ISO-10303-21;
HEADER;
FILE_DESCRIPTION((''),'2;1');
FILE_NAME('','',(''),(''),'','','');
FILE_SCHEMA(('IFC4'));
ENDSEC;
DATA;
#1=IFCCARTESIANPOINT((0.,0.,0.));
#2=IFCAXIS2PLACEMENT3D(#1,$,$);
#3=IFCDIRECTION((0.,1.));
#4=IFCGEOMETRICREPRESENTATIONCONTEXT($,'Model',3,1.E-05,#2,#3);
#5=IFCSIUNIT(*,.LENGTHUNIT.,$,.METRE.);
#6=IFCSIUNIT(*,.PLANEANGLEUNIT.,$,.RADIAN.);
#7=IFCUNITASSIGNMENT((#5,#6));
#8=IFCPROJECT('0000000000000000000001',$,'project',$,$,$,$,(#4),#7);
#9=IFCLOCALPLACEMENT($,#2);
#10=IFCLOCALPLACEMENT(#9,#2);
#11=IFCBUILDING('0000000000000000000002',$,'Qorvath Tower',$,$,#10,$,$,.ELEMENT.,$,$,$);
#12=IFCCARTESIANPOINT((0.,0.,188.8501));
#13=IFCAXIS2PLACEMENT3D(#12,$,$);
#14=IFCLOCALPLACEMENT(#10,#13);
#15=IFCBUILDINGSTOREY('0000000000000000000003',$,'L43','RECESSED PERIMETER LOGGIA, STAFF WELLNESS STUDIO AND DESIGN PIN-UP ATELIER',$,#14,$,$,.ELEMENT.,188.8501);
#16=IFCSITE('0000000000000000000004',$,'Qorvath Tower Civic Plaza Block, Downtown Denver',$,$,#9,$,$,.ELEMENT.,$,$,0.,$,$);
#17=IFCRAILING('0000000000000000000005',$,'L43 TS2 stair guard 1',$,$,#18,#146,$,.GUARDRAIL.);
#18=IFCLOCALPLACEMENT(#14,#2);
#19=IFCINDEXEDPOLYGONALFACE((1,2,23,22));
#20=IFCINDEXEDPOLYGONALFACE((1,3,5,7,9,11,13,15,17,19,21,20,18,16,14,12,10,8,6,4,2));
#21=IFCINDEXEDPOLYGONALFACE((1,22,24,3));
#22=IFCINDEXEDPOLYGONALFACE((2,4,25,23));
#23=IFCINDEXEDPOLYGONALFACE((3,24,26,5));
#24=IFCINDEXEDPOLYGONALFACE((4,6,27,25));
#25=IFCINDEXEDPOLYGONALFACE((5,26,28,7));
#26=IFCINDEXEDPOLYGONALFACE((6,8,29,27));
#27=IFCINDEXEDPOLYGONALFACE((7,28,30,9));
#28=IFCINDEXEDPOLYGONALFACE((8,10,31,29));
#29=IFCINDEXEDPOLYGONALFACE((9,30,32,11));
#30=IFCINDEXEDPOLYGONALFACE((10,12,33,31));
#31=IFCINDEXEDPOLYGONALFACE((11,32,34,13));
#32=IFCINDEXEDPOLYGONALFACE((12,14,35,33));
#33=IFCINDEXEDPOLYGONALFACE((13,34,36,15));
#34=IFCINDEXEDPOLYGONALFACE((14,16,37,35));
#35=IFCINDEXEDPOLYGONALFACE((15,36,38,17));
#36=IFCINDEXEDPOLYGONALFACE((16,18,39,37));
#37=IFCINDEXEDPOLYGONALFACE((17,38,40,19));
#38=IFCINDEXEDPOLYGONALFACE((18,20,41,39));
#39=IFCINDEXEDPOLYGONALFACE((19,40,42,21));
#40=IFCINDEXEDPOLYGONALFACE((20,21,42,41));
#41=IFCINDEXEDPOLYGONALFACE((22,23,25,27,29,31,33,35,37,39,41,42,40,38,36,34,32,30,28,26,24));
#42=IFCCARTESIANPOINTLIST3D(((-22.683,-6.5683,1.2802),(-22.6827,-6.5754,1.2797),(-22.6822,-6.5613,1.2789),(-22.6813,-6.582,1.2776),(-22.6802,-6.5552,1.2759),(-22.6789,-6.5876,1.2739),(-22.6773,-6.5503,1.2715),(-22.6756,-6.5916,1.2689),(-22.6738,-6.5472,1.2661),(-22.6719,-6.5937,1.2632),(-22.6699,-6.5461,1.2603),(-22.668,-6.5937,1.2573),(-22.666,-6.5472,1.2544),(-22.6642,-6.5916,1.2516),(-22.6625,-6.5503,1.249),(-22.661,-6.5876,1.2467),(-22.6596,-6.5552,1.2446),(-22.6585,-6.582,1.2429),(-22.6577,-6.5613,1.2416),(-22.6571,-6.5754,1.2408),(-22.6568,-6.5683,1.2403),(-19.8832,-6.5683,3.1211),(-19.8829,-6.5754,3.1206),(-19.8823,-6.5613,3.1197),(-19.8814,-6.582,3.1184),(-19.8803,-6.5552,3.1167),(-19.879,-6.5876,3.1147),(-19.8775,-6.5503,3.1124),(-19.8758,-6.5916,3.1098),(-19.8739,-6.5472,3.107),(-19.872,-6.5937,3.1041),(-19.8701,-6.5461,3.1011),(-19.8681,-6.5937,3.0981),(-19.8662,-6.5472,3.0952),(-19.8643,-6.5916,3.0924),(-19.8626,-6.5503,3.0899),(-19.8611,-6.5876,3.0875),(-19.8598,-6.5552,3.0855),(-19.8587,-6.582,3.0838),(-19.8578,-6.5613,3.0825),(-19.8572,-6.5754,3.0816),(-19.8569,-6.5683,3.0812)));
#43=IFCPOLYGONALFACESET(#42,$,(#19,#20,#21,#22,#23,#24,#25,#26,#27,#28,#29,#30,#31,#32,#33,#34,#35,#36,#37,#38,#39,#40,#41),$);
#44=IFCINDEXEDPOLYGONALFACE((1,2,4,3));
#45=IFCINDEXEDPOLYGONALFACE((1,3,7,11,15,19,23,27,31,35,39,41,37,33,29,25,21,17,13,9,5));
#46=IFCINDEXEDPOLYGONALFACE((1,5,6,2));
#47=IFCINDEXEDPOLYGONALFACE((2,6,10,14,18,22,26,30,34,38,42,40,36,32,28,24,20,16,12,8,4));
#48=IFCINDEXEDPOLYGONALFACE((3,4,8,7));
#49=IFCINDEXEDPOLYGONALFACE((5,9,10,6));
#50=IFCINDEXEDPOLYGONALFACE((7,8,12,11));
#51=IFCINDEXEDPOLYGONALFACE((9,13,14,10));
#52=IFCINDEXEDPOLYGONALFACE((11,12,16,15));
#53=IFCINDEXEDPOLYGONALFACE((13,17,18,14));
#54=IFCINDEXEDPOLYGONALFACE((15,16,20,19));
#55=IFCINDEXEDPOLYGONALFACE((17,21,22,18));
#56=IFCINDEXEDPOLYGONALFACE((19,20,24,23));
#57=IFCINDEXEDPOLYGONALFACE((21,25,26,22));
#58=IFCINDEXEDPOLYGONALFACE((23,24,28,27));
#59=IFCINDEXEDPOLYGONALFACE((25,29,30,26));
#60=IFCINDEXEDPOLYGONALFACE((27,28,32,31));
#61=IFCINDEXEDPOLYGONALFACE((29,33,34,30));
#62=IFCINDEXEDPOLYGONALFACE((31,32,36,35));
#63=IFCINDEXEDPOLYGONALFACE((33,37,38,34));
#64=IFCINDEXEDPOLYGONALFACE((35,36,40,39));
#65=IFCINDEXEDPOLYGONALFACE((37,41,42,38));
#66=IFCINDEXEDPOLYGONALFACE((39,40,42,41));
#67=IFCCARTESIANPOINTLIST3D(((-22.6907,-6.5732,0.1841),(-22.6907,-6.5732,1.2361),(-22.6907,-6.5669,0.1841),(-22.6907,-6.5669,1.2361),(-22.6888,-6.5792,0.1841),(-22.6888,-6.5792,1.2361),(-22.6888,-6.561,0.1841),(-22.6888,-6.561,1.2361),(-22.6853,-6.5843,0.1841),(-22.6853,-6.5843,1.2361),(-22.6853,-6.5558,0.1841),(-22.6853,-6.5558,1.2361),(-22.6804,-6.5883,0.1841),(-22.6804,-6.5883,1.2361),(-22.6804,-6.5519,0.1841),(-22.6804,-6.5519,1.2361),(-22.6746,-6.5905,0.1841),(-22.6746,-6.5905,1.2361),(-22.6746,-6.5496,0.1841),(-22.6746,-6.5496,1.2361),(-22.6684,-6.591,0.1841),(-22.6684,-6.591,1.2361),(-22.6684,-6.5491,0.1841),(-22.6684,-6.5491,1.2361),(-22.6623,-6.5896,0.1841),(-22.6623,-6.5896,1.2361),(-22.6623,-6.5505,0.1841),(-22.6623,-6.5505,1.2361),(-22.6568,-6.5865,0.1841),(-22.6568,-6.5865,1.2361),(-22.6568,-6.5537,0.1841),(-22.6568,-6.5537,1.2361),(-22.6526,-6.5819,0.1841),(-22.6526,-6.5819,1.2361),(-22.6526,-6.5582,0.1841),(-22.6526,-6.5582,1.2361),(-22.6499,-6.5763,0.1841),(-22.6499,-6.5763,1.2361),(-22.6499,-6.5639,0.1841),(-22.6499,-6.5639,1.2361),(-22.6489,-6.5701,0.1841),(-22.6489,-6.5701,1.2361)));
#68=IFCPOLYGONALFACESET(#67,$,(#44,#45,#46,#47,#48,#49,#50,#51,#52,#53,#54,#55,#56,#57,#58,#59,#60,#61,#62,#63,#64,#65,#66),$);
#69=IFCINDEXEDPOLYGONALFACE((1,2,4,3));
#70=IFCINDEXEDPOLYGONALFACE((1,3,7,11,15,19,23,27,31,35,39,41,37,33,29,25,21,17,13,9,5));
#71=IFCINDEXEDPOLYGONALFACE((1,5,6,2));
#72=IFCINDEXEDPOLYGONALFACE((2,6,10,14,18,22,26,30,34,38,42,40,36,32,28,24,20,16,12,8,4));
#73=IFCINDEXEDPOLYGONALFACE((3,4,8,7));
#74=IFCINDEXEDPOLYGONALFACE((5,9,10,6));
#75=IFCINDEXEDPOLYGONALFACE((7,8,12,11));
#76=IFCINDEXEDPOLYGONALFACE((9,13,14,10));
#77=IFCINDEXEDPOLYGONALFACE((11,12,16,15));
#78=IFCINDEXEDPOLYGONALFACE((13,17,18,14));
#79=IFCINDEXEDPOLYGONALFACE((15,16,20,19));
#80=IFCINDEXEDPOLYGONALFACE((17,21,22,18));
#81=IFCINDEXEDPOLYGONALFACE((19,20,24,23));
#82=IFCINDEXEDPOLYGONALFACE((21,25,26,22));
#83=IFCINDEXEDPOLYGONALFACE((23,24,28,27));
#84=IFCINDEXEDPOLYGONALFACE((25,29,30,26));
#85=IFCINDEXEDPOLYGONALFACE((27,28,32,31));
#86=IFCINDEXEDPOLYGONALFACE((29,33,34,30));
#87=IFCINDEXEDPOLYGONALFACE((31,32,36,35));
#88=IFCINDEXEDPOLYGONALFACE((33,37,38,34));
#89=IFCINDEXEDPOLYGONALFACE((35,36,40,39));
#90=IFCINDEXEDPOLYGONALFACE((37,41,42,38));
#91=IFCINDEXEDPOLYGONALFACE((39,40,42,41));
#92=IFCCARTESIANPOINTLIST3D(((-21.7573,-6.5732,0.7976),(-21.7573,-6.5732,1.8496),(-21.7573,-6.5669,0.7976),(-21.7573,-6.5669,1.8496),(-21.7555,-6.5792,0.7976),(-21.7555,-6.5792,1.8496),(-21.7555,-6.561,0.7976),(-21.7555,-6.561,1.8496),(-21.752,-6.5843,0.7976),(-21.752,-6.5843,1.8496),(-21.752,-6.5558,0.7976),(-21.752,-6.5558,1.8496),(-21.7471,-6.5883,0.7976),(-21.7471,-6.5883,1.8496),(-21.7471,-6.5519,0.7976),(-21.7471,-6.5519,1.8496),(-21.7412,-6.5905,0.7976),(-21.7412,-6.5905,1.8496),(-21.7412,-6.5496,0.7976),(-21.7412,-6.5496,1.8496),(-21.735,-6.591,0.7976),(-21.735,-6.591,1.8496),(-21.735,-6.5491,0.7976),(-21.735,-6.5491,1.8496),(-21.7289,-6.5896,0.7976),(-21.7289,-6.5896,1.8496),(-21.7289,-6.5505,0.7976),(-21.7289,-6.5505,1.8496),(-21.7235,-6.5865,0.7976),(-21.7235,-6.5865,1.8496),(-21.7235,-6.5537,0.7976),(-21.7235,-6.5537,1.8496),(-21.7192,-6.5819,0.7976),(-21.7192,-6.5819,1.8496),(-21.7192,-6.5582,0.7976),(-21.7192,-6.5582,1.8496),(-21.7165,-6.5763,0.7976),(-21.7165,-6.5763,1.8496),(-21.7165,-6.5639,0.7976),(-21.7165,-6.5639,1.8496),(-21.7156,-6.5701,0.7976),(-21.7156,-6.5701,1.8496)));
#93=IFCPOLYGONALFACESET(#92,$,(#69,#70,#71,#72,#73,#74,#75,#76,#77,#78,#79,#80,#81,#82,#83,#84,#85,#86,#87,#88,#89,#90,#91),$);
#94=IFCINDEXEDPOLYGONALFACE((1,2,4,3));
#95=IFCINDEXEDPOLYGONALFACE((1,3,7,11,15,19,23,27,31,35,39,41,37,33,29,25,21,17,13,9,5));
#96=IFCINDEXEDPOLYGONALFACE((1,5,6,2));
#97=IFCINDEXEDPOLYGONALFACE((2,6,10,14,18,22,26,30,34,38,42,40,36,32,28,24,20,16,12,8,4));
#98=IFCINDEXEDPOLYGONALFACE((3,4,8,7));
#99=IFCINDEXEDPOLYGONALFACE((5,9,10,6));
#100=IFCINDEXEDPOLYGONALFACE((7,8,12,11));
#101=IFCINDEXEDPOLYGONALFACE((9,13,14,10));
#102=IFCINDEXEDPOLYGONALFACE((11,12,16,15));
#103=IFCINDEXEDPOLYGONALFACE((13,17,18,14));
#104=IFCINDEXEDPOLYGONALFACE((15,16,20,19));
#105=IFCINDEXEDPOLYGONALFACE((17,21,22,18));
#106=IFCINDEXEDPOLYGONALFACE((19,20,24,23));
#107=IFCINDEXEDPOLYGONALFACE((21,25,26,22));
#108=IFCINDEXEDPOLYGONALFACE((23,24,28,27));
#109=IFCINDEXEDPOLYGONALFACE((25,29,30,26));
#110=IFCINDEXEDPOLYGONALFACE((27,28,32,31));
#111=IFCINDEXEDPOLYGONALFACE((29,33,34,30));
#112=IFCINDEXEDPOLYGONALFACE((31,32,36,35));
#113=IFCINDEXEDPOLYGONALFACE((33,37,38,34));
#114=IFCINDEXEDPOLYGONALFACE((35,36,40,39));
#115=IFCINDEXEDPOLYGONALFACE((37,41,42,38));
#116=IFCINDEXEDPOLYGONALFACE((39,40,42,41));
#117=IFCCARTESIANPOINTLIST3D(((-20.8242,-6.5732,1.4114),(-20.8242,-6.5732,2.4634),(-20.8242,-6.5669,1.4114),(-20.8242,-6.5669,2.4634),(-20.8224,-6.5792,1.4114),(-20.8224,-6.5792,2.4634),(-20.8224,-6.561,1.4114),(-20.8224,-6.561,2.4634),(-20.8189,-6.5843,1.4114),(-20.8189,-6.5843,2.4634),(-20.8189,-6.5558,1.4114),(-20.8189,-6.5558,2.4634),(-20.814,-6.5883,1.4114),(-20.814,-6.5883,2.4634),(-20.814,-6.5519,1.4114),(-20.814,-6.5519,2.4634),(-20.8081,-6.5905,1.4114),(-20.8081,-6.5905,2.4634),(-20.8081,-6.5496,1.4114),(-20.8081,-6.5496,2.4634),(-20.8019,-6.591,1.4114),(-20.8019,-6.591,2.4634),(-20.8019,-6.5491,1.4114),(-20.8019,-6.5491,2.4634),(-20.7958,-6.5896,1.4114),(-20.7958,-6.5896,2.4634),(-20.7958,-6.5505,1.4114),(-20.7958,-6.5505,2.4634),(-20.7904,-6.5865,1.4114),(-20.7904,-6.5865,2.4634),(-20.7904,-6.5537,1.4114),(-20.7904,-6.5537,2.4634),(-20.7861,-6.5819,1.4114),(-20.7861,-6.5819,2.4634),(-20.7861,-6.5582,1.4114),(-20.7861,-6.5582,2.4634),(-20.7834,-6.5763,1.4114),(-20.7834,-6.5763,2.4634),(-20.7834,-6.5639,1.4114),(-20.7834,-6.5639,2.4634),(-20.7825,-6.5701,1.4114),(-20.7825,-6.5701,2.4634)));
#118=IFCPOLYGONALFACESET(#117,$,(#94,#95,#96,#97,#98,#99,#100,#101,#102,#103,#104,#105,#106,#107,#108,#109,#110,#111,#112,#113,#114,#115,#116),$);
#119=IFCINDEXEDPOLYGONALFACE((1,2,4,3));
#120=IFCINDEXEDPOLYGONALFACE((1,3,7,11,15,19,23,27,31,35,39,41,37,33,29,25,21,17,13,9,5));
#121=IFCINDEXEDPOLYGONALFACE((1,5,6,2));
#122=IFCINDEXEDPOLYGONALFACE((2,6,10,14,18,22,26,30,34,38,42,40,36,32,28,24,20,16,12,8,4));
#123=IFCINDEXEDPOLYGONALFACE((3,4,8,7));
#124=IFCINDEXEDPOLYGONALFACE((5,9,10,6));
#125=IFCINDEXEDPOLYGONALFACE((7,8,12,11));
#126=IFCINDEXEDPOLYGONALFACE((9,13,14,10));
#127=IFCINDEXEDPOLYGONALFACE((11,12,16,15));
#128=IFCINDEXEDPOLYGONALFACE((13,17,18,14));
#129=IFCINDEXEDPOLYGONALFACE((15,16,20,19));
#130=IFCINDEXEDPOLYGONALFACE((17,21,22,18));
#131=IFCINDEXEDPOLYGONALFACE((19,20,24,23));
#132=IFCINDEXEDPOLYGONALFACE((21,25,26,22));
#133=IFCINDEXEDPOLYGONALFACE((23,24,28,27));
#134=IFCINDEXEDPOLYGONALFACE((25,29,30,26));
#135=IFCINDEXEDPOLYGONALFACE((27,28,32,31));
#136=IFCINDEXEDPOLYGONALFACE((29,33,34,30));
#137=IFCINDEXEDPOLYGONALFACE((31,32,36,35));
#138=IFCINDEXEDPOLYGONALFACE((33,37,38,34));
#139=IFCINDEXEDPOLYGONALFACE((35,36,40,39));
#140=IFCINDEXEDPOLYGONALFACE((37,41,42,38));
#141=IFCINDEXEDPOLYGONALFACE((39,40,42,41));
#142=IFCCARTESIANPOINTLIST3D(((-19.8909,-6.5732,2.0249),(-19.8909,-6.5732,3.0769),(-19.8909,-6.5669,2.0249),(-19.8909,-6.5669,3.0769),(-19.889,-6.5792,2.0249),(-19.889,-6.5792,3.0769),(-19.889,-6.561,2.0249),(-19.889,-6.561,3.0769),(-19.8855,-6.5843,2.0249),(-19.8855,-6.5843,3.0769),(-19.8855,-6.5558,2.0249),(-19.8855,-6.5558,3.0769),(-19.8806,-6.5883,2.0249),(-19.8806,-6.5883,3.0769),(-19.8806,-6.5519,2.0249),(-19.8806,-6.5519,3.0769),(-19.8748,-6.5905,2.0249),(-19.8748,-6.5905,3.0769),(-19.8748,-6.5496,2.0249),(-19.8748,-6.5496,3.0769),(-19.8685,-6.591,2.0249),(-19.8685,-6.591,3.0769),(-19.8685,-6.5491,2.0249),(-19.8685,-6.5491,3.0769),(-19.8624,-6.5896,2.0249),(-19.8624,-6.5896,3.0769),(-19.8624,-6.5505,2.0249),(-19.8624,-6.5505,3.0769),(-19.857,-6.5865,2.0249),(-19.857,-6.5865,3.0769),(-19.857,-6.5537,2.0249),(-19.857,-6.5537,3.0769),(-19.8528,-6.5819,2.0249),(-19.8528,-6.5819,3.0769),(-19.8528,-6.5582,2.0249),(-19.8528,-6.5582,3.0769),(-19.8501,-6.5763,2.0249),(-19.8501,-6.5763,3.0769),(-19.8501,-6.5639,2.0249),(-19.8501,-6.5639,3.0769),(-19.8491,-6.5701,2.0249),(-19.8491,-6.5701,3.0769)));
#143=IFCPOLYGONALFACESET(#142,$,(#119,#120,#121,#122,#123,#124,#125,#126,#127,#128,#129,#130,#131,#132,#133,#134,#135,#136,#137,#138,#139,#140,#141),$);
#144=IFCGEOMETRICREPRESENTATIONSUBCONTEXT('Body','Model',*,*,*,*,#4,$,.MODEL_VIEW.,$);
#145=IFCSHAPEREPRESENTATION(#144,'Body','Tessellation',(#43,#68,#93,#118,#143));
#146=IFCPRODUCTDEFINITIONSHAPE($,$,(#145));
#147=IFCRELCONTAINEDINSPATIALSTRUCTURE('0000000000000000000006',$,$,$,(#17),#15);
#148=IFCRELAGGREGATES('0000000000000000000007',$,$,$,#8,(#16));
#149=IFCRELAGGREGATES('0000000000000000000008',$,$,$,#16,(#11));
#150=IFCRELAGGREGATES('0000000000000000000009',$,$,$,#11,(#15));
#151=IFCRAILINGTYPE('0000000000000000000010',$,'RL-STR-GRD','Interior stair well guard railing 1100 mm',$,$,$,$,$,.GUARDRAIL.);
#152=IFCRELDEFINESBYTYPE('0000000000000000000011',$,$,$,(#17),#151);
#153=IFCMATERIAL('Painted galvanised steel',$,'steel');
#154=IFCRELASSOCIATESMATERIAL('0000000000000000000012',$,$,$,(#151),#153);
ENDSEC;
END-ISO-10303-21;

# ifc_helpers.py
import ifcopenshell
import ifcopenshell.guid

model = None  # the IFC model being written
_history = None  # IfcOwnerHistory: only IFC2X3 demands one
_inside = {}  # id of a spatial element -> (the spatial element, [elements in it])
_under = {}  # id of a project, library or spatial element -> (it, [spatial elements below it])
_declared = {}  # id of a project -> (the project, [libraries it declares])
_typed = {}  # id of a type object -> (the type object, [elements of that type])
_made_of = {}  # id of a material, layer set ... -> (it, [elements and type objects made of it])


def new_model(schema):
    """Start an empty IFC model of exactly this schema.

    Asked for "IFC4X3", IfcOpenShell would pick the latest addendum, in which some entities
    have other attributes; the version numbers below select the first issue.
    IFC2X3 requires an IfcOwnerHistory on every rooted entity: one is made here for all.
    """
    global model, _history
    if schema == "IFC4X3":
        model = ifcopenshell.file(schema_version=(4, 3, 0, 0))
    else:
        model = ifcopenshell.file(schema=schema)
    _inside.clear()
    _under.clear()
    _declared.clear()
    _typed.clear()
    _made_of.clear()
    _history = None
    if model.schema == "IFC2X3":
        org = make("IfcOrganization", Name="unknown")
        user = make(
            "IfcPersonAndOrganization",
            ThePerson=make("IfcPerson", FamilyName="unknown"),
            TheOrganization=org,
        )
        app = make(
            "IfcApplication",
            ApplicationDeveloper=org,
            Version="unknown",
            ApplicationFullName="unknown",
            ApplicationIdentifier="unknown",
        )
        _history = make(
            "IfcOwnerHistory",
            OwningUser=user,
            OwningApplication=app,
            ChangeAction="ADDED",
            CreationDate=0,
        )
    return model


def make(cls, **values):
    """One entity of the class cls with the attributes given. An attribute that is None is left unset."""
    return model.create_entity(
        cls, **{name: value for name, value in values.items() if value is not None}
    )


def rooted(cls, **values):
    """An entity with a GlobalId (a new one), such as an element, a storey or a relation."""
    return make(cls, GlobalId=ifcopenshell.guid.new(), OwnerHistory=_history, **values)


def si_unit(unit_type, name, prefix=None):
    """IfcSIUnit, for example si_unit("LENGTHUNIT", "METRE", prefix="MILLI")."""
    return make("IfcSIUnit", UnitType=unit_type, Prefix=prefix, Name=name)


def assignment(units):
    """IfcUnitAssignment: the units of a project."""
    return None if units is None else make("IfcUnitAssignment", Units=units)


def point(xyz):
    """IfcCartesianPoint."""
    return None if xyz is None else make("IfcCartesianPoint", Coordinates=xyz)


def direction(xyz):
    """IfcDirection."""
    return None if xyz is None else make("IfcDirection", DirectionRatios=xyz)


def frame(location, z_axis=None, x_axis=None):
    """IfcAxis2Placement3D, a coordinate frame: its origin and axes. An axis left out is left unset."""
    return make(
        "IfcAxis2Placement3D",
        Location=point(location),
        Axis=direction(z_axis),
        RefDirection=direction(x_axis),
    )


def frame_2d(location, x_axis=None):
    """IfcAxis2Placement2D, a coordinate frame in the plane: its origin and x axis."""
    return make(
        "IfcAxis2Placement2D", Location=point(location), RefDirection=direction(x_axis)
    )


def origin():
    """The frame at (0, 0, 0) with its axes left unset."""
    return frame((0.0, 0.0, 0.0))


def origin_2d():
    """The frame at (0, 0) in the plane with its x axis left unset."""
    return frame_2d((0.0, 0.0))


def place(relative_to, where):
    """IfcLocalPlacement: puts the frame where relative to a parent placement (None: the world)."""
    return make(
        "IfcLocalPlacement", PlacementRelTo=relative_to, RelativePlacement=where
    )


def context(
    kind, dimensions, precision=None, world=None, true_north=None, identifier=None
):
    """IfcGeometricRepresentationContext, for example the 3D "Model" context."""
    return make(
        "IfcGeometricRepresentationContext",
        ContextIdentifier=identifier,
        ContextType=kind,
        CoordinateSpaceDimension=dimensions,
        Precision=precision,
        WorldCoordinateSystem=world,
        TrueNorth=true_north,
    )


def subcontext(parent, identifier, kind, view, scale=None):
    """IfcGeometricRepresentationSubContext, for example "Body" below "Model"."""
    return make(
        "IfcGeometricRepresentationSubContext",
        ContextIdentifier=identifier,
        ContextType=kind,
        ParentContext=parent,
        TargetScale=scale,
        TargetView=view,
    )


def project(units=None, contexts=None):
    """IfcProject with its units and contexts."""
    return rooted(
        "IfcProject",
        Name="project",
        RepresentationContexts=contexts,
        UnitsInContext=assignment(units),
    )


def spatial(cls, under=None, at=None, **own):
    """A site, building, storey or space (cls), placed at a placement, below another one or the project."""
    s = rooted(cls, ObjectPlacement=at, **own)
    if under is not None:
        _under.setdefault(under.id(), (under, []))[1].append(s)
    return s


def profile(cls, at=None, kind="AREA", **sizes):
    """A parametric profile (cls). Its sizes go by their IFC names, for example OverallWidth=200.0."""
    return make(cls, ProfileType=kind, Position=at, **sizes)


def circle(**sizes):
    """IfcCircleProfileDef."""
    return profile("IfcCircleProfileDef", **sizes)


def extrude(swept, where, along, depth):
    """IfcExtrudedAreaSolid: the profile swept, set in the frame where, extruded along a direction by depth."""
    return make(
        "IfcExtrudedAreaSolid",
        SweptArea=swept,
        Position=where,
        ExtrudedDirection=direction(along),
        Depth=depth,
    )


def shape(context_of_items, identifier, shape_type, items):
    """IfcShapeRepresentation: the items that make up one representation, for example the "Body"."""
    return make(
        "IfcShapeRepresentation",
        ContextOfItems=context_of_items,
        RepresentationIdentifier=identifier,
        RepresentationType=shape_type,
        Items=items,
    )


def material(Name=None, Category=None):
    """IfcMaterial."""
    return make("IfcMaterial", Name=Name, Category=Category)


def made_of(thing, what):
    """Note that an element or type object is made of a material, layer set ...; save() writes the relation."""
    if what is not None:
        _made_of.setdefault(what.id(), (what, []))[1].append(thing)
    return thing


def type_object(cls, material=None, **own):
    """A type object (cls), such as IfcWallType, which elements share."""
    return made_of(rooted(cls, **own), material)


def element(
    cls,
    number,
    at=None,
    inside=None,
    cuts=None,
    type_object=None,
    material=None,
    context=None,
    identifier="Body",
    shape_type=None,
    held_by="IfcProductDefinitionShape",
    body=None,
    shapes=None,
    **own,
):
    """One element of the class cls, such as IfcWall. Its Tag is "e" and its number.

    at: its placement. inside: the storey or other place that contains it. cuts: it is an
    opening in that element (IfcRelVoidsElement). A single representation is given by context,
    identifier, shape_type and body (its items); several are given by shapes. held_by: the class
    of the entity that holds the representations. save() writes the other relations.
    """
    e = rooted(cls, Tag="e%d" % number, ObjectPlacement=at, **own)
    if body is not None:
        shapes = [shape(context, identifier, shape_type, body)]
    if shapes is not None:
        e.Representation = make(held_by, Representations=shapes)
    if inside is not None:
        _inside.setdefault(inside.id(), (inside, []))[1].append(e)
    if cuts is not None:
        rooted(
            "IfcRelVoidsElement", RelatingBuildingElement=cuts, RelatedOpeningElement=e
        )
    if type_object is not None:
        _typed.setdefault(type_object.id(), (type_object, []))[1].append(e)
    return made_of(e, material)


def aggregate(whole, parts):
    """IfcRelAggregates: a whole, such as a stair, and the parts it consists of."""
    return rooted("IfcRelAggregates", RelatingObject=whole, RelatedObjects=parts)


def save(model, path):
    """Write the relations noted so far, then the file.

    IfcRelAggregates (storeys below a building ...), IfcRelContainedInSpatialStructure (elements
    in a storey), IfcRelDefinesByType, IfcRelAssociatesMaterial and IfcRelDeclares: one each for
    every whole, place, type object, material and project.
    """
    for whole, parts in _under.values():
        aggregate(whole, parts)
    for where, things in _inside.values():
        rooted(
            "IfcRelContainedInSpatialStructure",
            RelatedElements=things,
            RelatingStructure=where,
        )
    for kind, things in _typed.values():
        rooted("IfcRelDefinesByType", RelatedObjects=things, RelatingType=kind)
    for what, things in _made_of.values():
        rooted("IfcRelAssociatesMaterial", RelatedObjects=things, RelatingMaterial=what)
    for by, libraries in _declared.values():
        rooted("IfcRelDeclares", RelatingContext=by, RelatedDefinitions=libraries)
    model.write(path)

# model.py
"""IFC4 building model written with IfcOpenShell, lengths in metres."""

from ifc_helpers import new_model, si_unit, direction, frame, origin, origin_2d, place, context, subcontext, project, spatial, circle, extrude, material, type_object, element, save


model = new_model("IFC4")

# Units and contexts
model_context = context("Model", 3, precision=1e-05, world=origin(), true_north=direction((0.0, 1.0)))
body_context = subcontext(model_context, "Body", "Model", "MODEL_VIEW")
ifc_project = project(units=[si_unit("LENGTHUNIT", "METRE"), si_unit("PLANEANGLEUNIT", "RADIAN")], contexts=[model_context])

# Site, building, storey
site_placement = place(None, origin())
site = spatial("IfcSite", under=ifc_project, at=site_placement, Name="Qorvath Tower Civic Plaza Block, Downtown Denver", CompositionType="ELEMENT", RefElevation=0.0)
building_placement = place(site_placement, origin())
building = spatial("IfcBuilding", under=site, at=building_placement, Name="Qorvath Tower", CompositionType="ELEMENT")
storey_placement = place(building_placement, frame((0.0, 0.0, 188.8501)))
storey = spatial("IfcBuildingStorey", under=building, at=storey_placement, Name="L43", Description="RECESSED PERIMETER LOGGIA, STAFF WELLNESS STUDIO AND DESIGN PIN-UP ATELIER", CompositionType="ELEMENT", Elevation=188.8501)

# Railing
ifc_material_1 = material(Name="Painted galvanised steel", Category="steel")
railing_type_1 = type_object("IfcRailingType", Name="RL-STR-GRD", Description="Interior stair well guard railing 1100 mm", PredefinedType="GUARDRAIL", material=ifc_material_1)
railing_1_placement = place(storey_placement, frame((-22.6699, -6.5701, 0.1841)))
element("IfcRailing", 1, at=railing_1_placement, inside=storey, type_object=railing_type_1, Name="L43 TS2 stair guard 1", PredefinedType="GUARDRAIL", context=body_context, shape_type="SweptSolid", body=[
    extrude(circle(Radius=0.0239, at=origin_2d()), frame((0.0, 0.0, 1.0762), z_axis=(0.835576, 0.0, 0.549376), x_axis=(0.0, 1.0, 0.0)), (0.0, 0.0, 1.0), 3.3508),
    extrude(circle(Radius=0.021, at=origin_2d()), origin(), (0.0, 0.0, 1.0), 1.052),
    extrude(circle(Radius=0.021, at=origin_2d()), frame((0.9333, 0.0, 0.6135)), (0.0, 0.0, 1.0), 1.052),
    extrude(circle(Radius=0.021, at=origin_2d()), frame((1.8665, 0.0, 1.2273)), (0.0, 0.0, 1.0), 1.052),
    extrude(circle(Radius=0.021, at=origin_2d()), frame((2.7998, 0.0, 1.8408)), (0.0, 0.0, 1.0), 1.052),
])

save(model, "model.ifc")
